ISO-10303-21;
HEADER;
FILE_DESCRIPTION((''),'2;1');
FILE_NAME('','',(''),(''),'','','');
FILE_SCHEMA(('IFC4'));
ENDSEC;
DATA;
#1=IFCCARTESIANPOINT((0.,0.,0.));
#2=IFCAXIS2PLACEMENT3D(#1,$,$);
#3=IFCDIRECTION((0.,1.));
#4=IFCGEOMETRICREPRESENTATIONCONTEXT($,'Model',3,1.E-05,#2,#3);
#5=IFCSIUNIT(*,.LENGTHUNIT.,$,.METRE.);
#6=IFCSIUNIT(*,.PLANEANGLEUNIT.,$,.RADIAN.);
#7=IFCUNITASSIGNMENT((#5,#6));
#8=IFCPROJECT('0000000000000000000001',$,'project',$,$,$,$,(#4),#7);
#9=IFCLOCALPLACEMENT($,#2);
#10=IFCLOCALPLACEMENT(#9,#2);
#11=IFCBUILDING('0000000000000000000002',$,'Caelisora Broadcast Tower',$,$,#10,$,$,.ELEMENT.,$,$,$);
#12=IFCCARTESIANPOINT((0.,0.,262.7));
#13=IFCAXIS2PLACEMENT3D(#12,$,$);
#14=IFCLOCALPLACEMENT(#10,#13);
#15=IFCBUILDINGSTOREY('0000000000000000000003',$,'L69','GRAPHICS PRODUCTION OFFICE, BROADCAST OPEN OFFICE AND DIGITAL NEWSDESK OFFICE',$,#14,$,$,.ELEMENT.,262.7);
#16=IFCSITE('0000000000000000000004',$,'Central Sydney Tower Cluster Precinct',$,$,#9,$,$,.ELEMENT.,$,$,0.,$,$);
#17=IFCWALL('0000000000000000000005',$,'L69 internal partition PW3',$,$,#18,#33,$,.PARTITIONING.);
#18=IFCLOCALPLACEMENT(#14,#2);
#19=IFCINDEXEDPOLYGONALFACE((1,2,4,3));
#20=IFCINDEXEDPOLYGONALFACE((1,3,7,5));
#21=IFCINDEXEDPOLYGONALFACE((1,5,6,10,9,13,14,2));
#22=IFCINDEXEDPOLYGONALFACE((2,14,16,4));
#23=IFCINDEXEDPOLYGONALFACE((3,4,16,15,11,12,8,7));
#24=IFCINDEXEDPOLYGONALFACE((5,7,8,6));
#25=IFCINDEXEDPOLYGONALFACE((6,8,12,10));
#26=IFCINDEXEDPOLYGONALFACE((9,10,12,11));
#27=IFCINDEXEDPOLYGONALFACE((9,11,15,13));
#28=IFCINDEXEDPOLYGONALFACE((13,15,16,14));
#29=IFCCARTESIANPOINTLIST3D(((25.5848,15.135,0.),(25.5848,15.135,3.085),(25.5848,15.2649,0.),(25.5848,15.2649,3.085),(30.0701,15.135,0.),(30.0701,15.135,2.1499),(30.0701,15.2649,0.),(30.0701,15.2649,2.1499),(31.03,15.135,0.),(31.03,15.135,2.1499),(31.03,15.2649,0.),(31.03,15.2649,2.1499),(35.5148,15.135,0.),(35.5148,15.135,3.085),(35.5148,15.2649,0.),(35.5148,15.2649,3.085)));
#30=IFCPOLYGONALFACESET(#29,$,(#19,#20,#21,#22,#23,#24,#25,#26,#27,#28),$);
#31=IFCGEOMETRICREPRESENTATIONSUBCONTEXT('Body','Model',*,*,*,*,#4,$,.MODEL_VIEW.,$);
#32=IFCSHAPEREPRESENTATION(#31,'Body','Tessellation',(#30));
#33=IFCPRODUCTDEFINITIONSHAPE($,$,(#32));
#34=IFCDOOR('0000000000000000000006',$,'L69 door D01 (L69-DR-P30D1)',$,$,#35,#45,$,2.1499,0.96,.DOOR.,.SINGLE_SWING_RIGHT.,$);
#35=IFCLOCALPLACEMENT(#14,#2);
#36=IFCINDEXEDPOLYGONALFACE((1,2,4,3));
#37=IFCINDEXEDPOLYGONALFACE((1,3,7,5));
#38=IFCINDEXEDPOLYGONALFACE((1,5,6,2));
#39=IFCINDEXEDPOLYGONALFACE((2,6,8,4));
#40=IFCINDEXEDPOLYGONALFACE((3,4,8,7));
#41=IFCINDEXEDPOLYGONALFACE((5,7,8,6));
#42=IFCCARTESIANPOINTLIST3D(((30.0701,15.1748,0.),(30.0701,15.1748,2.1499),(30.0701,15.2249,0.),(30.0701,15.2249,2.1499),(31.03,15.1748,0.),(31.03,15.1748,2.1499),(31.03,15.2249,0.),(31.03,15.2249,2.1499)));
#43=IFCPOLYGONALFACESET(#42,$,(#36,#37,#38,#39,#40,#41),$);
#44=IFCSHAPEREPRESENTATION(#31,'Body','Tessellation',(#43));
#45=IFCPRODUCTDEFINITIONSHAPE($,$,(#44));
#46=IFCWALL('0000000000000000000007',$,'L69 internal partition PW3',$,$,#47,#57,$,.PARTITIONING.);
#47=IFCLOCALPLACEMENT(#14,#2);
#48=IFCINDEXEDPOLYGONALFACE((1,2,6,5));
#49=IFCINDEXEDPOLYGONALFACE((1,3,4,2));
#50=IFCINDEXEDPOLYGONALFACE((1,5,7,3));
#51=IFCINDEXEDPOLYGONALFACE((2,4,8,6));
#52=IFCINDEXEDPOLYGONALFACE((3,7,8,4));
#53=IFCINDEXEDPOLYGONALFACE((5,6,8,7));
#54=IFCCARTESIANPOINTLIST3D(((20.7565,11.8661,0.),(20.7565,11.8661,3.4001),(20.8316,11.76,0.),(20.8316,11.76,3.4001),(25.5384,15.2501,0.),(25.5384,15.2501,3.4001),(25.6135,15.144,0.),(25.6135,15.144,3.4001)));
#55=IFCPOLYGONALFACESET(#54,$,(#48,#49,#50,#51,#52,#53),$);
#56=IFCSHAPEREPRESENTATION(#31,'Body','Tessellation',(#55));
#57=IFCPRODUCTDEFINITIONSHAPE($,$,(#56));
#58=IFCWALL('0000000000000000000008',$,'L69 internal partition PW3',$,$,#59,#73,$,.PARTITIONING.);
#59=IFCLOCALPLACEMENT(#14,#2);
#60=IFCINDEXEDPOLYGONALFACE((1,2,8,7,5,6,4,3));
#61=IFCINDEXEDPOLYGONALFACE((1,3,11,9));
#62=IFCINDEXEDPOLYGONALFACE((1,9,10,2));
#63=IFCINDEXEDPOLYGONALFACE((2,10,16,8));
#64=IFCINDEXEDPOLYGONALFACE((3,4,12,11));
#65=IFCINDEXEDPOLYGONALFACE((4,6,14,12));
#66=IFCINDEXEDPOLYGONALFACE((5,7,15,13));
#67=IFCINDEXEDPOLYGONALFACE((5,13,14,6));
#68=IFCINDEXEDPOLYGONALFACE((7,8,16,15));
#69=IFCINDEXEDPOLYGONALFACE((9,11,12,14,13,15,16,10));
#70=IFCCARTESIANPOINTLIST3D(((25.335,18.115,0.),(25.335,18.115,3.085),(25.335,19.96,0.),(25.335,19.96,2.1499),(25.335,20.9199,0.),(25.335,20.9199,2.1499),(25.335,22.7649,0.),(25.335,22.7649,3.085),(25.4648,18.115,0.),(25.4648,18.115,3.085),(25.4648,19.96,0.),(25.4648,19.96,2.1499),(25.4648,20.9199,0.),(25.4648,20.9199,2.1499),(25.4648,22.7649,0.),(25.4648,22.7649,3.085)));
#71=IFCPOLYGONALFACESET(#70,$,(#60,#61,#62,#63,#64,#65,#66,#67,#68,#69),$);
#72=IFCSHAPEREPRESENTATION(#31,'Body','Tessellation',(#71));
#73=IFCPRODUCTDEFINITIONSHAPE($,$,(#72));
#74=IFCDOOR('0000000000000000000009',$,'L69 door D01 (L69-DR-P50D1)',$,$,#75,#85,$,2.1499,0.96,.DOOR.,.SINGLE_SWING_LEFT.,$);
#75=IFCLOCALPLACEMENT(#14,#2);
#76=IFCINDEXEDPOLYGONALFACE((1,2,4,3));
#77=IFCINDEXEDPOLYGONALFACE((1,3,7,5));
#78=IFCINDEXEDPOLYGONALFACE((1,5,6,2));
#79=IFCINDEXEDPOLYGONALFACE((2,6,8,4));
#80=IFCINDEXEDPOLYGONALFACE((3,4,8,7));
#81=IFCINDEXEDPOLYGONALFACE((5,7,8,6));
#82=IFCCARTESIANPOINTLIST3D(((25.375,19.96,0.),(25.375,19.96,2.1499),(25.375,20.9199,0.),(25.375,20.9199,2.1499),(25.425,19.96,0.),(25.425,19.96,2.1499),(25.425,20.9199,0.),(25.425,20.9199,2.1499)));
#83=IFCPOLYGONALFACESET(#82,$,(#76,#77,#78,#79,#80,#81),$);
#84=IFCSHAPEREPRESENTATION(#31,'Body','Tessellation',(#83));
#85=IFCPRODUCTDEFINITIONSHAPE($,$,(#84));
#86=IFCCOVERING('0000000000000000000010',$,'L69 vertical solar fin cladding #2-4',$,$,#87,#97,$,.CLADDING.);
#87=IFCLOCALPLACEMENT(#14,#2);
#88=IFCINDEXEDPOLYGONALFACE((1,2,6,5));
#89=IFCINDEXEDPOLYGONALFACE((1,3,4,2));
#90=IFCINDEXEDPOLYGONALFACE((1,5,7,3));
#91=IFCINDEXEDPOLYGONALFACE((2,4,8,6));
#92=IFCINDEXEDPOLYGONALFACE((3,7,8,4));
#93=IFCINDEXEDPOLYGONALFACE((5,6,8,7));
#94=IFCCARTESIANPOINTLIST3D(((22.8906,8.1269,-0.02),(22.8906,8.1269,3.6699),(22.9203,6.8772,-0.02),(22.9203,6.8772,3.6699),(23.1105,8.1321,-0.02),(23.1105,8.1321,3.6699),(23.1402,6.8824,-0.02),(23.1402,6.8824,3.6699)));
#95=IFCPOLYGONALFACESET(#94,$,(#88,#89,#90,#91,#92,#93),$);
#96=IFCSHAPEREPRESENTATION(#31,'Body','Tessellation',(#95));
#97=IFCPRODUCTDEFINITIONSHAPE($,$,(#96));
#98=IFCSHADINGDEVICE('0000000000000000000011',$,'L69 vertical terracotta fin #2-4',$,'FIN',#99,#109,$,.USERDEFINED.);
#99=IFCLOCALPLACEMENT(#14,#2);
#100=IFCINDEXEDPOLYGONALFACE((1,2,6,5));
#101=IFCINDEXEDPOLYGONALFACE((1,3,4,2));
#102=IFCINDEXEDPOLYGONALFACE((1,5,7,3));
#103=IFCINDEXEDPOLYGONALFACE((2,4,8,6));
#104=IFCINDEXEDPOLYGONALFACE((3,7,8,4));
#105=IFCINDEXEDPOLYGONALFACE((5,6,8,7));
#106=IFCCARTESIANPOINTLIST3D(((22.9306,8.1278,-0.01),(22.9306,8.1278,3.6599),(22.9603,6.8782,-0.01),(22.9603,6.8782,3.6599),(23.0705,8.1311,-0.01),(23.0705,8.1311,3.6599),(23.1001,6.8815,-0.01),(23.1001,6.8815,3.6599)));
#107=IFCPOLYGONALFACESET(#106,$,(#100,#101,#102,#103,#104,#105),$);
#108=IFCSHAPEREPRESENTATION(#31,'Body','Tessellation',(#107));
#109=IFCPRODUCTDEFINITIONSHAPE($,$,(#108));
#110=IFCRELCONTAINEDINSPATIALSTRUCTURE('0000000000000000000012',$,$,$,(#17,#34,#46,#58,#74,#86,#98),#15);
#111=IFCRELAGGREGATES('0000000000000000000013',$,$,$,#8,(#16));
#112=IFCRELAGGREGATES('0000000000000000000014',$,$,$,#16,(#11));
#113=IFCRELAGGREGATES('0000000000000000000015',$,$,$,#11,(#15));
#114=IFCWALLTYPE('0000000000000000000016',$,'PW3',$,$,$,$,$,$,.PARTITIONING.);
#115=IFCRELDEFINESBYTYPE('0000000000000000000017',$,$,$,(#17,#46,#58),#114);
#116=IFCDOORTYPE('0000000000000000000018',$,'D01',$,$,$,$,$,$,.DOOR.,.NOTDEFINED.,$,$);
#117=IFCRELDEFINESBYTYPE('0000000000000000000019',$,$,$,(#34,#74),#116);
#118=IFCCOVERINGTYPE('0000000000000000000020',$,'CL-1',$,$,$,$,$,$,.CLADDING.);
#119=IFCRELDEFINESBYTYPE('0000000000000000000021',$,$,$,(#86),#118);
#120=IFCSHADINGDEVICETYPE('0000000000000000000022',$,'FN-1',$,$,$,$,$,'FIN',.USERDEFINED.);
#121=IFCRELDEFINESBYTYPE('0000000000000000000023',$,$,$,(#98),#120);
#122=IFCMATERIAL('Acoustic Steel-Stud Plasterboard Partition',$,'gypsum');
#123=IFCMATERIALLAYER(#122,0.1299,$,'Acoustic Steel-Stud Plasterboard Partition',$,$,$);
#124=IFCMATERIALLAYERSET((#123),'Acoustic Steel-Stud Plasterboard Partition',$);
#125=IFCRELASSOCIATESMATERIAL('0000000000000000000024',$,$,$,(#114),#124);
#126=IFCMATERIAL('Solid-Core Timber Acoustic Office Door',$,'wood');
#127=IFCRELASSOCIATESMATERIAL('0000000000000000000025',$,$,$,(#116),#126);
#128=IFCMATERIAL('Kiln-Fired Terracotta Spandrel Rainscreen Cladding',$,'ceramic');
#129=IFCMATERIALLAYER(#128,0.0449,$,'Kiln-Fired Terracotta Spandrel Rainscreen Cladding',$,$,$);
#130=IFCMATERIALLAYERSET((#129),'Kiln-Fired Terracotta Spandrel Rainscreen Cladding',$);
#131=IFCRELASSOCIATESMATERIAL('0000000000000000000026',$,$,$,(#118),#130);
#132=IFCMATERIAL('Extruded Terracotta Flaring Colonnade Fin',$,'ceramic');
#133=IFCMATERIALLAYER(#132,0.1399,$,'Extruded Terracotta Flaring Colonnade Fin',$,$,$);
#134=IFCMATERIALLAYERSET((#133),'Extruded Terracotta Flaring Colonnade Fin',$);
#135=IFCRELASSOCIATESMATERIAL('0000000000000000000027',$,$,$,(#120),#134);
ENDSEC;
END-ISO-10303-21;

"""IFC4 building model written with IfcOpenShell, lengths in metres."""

from ifc_helpers import new_model, si_unit, direction, frame, frame_2d, origin, origin_2d, place, context, subcontext, project, spatial, rectangle, extrude, source, transform, mapped, material, layer, layer_set, type_object, type_shapes, element, fill, save


model = new_model("IFC4")

# Units and contexts
model_context = context("Model", 3, precision=1e-05, world=origin(), true_north=direction((0.0, 1.0)))
body_context = subcontext(model_context, "Body", "Model", "MODEL_VIEW")
ifc_project = project(units=[si_unit("LENGTHUNIT", "METRE"), si_unit("PLANEANGLEUNIT", "RADIAN")], contexts=[model_context])

# Site, building, storey
site_placement = place(None, origin())
site = spatial("IfcSite", under=ifc_project, at=site_placement, Name="Central Sydney Tower Cluster Precinct", CompositionType="ELEMENT", RefElevation=0.0)
building_placement = place(site_placement, origin())
building = spatial("IfcBuilding", under=site, at=building_placement, Name="Caelisora Broadcast Tower", CompositionType="ELEMENT")
storey_placement = place(building_placement, frame((0.0, 0.0, 262.7)))
storey = spatial("IfcBuildingStorey", under=building, at=storey_placement, Name="L69", Description="GRAPHICS PRODUCTION OFFICE, BROADCAST OPEN OFFICE AND DIGITAL NEWSDESK OFFICE", CompositionType="ELEMENT", Elevation=262.7)

# Wall, opening, door
ifc_material_1 = material(Name="Acoustic Steel-Stud Plasterboard Partition", Category="gypsum")
ifc_layer_1 = layer(ifc_material_1, 0.1299, Name="Acoustic Steel-Stud Plasterboard Partition")
ifc_layer_set_1 = layer_set([ifc_layer_1], Name="Acoustic Steel-Stud Plasterboard Partition")
wall_type = type_object("IfcWallType", Name="PW3", PredefinedType="PARTITIONING", material=ifc_layer_set_1)
ifc_material_2 = material(Name="Solid-Core Timber Acoustic Office Door", Category="wood")
door_type = type_object("IfcDoorType", Name="D01", OperationType="NOTDEFINED", PredefinedType="DOOR", material=ifc_material_2)
wall_1_placement = place(storey_placement, frame((25.585, 15.2, 0.0), z_axis=(0.0, 0.0, 1.0), x_axis=(1.0, 0.0, 0.0)))
wall_1 = element("IfcWall", 1, at=wall_1_placement, inside=storey, type_object=wall_type, Name="L69 internal partition PW3", PredefinedType="PARTITIONING", context=body_context, shape_type="SweptSolid", body=[
    extrude(rectangle(XDim=9.9299, YDim=0.1299, at=frame_2d((4.9648, 0.0))), origin(), (0.0, 0.0, 1.0), 3.085),
])
opening_1_placement = place(wall_1_placement, frame((4.4851, 0.0, 0.0)))
opening_1 = element("IfcOpeningElement", 2, at=opening_1_placement, cuts=wall_1, PredefinedType="OPENING", context=body_context, shape_type="SweptSolid", body=[
    extrude(rectangle(XDim=0.96, YDim=2.1499, at=frame_2d((0.48, 1.075))), frame((0.0, 0.0769, 0.0), z_axis=(0.0, -1.0, 0.0), x_axis=(1.0, 0.0, 0.0)), (0.0, 0.0, 1.0), 0.1538),
])
door_1_placement = place(opening_1_placement, origin())
door_1 = element("IfcDoor", 3, at=door_1_placement, inside=storey, type_object=door_type, Name="L69 door D01 (L69-DR-P30D1)", OperationType="SINGLE_SWING_RIGHT", OverallHeight=2.1499, OverallWidth=0.96, PredefinedType="DOOR", context=body_context, shape_type="SweptSolid", body=[
    extrude(rectangle(XDim=0.96, YDim=2.1499, at=frame_2d((0.48, 1.075))), frame((0.0, 0.0249, 0.0), z_axis=(0.0, -1.0, 0.0), x_axis=(1.0, 0.0, 0.0)), (0.0, 0.0, 1.0), 0.05),
])
fill(opening_1, door_1)

# Wall
wall_2_placement = place(storey_placement, frame((20.7939, 11.813, 0.0), z_axis=(0.0, 0.0, 1.0), x_axis=(0.816282, 0.577653, 0.0)))
element("IfcWall", 4, at=wall_2_placement, inside=storey, type_object=wall_type, Name="L69 internal partition PW3", PredefinedType="PARTITIONING", context=body_context, shape_type="SweptSolid", body=[
    extrude(rectangle(XDim=5.8582, YDim=0.1299, at=frame_2d((2.9292, 0.0))), origin(), (0.0, 0.0, 1.0), 3.4001),
])

# Wall, opening, door
wall_3_placement = place(storey_placement, frame((25.3999, 18.115, 0.0), z_axis=(0.0, 0.0, 1.0), x_axis=(0.0, 1.0, 0.0)))
wall_3 = element("IfcWall", 5, at=wall_3_placement, inside=storey, type_object=wall_type, Name="L69 internal partition PW3", PredefinedType="PARTITIONING", context=body_context, shape_type="SweptSolid", body=[
    extrude(rectangle(XDim=4.6499, YDim=0.1299, at=frame_2d((2.325, 0.0))), origin(), (0.0, 0.0, 1.0), 3.085),
])
opening_2_placement = place(wall_3_placement, frame((1.845, 0.0, 0.0)))
opening_2 = element("IfcOpeningElement", 6, at=opening_2_placement, cuts=wall_3, PredefinedType="OPENING", context=body_context, shape_type="SweptSolid", body=[
    extrude(rectangle(XDim=0.96, YDim=2.1499, at=frame_2d((0.48, 1.075))), frame((0.0, 0.0769, 0.0), z_axis=(0.0, -1.0, 0.0), x_axis=(1.0, 0.0, 0.0)), (0.0, 0.0, 1.0), 0.1538),
])
door_2_placement = place(opening_2_placement, origin())
door_2 = element("IfcDoor", 7, at=door_2_placement, inside=storey, type_object=door_type, Name="L69 door D01 (L69-DR-P50D1)", OperationType="SINGLE_SWING_LEFT", OverallHeight=2.1499, OverallWidth=0.96, PredefinedType="DOOR", context=body_context, shape_type="SweptSolid", body=[
    extrude(rectangle(XDim=0.96, YDim=2.1499, at=frame_2d((0.48, 1.075))), frame((0.0, 0.0249, 0.0), z_axis=(0.0, -1.0, 0.0), x_axis=(1.0, 0.0, 0.0)), (0.0, 0.0, 1.0), 0.05),
])
fill(opening_2, door_2)

# Covering
ifc_material_3 = material(Name="Kiln-Fired Terracotta Spandrel Rainscreen Cladding", Category="ceramic")
ifc_layer_2 = layer(ifc_material_3, 0.0449, Name="Kiln-Fired Terracotta Spandrel Rainscreen Cladding")
ifc_layer_set_2 = layer_set([ifc_layer_2], Name="Kiln-Fired Terracotta Spandrel Rainscreen Cladding")
covering_type = type_object("IfcCoveringType", Name="CL-1", PredefinedType="CLADDING", material=ifc_layer_set_2)
shared_shape_1 = source(origin(), body_context, "Body", "SweptSolid", [
    extrude(rectangle(XDim=0.22, YDim=1.25, at=origin_2d()), origin(), (0.0, 0.0, 1.0), 3.6899),
])
type_shapes(covering_type, [shared_shape_1])
covering_placement = place(storey_placement, frame((23.0154, 7.5046, -0.02), z_axis=(0.0, 0.0, 1.0), x_axis=(-0.999718, -0.023734, 0.0)))
element("IfcCovering", 8, at=covering_placement, inside=storey, type_object=covering_type, Name="L69 vertical solar fin cladding #2-4", PredefinedType="CLADDING", context=body_context, shape_type="MappedRepresentation", body=[
    mapped(shared_shape_1, transform((0.0, 0.0, 0.0), scale=1.0)),
])

# Shading device
ifc_material_4 = material(Name="Extruded Terracotta Flaring Colonnade Fin", Category="ceramic")
ifc_layer_3 = layer(ifc_material_4, 0.1399, Name="Extruded Terracotta Flaring Colonnade Fin")
ifc_layer_set_3 = layer_set([ifc_layer_3], Name="Extruded Terracotta Flaring Colonnade Fin")
shading_device_type = type_object("IfcShadingDeviceType", Name="FN-1", ElementType="FIN", PredefinedType="USERDEFINED", material=ifc_layer_set_3)
shared_shape_2 = source(origin(), body_context, "Body", "SweptSolid", [
    extrude(rectangle(XDim=0.1399, YDim=1.25, at=origin_2d()), origin(), (0.0, 0.0, 1.0), 3.6699),
])
type_shapes(shading_device_type, [shared_shape_2])
shading_device_placement = place(storey_placement, frame((23.0154, 7.5046, -0.01), z_axis=(0.0, 0.0, 1.0), x_axis=(-0.999718, -0.023734, 0.0)))
element("IfcShadingDevice", 9, at=shading_device_placement, inside=storey, type_object=shading_device_type, Name="L69 vertical terracotta fin #2-4", ObjectType="FIN", PredefinedType="USERDEFINED", context=body_context, shape_type="MappedRepresentation", body=[
    mapped(shared_shape_2, transform((0.0, 0.0, 0.0), scale=1.0)),
])

save(model, "model.ifc")
